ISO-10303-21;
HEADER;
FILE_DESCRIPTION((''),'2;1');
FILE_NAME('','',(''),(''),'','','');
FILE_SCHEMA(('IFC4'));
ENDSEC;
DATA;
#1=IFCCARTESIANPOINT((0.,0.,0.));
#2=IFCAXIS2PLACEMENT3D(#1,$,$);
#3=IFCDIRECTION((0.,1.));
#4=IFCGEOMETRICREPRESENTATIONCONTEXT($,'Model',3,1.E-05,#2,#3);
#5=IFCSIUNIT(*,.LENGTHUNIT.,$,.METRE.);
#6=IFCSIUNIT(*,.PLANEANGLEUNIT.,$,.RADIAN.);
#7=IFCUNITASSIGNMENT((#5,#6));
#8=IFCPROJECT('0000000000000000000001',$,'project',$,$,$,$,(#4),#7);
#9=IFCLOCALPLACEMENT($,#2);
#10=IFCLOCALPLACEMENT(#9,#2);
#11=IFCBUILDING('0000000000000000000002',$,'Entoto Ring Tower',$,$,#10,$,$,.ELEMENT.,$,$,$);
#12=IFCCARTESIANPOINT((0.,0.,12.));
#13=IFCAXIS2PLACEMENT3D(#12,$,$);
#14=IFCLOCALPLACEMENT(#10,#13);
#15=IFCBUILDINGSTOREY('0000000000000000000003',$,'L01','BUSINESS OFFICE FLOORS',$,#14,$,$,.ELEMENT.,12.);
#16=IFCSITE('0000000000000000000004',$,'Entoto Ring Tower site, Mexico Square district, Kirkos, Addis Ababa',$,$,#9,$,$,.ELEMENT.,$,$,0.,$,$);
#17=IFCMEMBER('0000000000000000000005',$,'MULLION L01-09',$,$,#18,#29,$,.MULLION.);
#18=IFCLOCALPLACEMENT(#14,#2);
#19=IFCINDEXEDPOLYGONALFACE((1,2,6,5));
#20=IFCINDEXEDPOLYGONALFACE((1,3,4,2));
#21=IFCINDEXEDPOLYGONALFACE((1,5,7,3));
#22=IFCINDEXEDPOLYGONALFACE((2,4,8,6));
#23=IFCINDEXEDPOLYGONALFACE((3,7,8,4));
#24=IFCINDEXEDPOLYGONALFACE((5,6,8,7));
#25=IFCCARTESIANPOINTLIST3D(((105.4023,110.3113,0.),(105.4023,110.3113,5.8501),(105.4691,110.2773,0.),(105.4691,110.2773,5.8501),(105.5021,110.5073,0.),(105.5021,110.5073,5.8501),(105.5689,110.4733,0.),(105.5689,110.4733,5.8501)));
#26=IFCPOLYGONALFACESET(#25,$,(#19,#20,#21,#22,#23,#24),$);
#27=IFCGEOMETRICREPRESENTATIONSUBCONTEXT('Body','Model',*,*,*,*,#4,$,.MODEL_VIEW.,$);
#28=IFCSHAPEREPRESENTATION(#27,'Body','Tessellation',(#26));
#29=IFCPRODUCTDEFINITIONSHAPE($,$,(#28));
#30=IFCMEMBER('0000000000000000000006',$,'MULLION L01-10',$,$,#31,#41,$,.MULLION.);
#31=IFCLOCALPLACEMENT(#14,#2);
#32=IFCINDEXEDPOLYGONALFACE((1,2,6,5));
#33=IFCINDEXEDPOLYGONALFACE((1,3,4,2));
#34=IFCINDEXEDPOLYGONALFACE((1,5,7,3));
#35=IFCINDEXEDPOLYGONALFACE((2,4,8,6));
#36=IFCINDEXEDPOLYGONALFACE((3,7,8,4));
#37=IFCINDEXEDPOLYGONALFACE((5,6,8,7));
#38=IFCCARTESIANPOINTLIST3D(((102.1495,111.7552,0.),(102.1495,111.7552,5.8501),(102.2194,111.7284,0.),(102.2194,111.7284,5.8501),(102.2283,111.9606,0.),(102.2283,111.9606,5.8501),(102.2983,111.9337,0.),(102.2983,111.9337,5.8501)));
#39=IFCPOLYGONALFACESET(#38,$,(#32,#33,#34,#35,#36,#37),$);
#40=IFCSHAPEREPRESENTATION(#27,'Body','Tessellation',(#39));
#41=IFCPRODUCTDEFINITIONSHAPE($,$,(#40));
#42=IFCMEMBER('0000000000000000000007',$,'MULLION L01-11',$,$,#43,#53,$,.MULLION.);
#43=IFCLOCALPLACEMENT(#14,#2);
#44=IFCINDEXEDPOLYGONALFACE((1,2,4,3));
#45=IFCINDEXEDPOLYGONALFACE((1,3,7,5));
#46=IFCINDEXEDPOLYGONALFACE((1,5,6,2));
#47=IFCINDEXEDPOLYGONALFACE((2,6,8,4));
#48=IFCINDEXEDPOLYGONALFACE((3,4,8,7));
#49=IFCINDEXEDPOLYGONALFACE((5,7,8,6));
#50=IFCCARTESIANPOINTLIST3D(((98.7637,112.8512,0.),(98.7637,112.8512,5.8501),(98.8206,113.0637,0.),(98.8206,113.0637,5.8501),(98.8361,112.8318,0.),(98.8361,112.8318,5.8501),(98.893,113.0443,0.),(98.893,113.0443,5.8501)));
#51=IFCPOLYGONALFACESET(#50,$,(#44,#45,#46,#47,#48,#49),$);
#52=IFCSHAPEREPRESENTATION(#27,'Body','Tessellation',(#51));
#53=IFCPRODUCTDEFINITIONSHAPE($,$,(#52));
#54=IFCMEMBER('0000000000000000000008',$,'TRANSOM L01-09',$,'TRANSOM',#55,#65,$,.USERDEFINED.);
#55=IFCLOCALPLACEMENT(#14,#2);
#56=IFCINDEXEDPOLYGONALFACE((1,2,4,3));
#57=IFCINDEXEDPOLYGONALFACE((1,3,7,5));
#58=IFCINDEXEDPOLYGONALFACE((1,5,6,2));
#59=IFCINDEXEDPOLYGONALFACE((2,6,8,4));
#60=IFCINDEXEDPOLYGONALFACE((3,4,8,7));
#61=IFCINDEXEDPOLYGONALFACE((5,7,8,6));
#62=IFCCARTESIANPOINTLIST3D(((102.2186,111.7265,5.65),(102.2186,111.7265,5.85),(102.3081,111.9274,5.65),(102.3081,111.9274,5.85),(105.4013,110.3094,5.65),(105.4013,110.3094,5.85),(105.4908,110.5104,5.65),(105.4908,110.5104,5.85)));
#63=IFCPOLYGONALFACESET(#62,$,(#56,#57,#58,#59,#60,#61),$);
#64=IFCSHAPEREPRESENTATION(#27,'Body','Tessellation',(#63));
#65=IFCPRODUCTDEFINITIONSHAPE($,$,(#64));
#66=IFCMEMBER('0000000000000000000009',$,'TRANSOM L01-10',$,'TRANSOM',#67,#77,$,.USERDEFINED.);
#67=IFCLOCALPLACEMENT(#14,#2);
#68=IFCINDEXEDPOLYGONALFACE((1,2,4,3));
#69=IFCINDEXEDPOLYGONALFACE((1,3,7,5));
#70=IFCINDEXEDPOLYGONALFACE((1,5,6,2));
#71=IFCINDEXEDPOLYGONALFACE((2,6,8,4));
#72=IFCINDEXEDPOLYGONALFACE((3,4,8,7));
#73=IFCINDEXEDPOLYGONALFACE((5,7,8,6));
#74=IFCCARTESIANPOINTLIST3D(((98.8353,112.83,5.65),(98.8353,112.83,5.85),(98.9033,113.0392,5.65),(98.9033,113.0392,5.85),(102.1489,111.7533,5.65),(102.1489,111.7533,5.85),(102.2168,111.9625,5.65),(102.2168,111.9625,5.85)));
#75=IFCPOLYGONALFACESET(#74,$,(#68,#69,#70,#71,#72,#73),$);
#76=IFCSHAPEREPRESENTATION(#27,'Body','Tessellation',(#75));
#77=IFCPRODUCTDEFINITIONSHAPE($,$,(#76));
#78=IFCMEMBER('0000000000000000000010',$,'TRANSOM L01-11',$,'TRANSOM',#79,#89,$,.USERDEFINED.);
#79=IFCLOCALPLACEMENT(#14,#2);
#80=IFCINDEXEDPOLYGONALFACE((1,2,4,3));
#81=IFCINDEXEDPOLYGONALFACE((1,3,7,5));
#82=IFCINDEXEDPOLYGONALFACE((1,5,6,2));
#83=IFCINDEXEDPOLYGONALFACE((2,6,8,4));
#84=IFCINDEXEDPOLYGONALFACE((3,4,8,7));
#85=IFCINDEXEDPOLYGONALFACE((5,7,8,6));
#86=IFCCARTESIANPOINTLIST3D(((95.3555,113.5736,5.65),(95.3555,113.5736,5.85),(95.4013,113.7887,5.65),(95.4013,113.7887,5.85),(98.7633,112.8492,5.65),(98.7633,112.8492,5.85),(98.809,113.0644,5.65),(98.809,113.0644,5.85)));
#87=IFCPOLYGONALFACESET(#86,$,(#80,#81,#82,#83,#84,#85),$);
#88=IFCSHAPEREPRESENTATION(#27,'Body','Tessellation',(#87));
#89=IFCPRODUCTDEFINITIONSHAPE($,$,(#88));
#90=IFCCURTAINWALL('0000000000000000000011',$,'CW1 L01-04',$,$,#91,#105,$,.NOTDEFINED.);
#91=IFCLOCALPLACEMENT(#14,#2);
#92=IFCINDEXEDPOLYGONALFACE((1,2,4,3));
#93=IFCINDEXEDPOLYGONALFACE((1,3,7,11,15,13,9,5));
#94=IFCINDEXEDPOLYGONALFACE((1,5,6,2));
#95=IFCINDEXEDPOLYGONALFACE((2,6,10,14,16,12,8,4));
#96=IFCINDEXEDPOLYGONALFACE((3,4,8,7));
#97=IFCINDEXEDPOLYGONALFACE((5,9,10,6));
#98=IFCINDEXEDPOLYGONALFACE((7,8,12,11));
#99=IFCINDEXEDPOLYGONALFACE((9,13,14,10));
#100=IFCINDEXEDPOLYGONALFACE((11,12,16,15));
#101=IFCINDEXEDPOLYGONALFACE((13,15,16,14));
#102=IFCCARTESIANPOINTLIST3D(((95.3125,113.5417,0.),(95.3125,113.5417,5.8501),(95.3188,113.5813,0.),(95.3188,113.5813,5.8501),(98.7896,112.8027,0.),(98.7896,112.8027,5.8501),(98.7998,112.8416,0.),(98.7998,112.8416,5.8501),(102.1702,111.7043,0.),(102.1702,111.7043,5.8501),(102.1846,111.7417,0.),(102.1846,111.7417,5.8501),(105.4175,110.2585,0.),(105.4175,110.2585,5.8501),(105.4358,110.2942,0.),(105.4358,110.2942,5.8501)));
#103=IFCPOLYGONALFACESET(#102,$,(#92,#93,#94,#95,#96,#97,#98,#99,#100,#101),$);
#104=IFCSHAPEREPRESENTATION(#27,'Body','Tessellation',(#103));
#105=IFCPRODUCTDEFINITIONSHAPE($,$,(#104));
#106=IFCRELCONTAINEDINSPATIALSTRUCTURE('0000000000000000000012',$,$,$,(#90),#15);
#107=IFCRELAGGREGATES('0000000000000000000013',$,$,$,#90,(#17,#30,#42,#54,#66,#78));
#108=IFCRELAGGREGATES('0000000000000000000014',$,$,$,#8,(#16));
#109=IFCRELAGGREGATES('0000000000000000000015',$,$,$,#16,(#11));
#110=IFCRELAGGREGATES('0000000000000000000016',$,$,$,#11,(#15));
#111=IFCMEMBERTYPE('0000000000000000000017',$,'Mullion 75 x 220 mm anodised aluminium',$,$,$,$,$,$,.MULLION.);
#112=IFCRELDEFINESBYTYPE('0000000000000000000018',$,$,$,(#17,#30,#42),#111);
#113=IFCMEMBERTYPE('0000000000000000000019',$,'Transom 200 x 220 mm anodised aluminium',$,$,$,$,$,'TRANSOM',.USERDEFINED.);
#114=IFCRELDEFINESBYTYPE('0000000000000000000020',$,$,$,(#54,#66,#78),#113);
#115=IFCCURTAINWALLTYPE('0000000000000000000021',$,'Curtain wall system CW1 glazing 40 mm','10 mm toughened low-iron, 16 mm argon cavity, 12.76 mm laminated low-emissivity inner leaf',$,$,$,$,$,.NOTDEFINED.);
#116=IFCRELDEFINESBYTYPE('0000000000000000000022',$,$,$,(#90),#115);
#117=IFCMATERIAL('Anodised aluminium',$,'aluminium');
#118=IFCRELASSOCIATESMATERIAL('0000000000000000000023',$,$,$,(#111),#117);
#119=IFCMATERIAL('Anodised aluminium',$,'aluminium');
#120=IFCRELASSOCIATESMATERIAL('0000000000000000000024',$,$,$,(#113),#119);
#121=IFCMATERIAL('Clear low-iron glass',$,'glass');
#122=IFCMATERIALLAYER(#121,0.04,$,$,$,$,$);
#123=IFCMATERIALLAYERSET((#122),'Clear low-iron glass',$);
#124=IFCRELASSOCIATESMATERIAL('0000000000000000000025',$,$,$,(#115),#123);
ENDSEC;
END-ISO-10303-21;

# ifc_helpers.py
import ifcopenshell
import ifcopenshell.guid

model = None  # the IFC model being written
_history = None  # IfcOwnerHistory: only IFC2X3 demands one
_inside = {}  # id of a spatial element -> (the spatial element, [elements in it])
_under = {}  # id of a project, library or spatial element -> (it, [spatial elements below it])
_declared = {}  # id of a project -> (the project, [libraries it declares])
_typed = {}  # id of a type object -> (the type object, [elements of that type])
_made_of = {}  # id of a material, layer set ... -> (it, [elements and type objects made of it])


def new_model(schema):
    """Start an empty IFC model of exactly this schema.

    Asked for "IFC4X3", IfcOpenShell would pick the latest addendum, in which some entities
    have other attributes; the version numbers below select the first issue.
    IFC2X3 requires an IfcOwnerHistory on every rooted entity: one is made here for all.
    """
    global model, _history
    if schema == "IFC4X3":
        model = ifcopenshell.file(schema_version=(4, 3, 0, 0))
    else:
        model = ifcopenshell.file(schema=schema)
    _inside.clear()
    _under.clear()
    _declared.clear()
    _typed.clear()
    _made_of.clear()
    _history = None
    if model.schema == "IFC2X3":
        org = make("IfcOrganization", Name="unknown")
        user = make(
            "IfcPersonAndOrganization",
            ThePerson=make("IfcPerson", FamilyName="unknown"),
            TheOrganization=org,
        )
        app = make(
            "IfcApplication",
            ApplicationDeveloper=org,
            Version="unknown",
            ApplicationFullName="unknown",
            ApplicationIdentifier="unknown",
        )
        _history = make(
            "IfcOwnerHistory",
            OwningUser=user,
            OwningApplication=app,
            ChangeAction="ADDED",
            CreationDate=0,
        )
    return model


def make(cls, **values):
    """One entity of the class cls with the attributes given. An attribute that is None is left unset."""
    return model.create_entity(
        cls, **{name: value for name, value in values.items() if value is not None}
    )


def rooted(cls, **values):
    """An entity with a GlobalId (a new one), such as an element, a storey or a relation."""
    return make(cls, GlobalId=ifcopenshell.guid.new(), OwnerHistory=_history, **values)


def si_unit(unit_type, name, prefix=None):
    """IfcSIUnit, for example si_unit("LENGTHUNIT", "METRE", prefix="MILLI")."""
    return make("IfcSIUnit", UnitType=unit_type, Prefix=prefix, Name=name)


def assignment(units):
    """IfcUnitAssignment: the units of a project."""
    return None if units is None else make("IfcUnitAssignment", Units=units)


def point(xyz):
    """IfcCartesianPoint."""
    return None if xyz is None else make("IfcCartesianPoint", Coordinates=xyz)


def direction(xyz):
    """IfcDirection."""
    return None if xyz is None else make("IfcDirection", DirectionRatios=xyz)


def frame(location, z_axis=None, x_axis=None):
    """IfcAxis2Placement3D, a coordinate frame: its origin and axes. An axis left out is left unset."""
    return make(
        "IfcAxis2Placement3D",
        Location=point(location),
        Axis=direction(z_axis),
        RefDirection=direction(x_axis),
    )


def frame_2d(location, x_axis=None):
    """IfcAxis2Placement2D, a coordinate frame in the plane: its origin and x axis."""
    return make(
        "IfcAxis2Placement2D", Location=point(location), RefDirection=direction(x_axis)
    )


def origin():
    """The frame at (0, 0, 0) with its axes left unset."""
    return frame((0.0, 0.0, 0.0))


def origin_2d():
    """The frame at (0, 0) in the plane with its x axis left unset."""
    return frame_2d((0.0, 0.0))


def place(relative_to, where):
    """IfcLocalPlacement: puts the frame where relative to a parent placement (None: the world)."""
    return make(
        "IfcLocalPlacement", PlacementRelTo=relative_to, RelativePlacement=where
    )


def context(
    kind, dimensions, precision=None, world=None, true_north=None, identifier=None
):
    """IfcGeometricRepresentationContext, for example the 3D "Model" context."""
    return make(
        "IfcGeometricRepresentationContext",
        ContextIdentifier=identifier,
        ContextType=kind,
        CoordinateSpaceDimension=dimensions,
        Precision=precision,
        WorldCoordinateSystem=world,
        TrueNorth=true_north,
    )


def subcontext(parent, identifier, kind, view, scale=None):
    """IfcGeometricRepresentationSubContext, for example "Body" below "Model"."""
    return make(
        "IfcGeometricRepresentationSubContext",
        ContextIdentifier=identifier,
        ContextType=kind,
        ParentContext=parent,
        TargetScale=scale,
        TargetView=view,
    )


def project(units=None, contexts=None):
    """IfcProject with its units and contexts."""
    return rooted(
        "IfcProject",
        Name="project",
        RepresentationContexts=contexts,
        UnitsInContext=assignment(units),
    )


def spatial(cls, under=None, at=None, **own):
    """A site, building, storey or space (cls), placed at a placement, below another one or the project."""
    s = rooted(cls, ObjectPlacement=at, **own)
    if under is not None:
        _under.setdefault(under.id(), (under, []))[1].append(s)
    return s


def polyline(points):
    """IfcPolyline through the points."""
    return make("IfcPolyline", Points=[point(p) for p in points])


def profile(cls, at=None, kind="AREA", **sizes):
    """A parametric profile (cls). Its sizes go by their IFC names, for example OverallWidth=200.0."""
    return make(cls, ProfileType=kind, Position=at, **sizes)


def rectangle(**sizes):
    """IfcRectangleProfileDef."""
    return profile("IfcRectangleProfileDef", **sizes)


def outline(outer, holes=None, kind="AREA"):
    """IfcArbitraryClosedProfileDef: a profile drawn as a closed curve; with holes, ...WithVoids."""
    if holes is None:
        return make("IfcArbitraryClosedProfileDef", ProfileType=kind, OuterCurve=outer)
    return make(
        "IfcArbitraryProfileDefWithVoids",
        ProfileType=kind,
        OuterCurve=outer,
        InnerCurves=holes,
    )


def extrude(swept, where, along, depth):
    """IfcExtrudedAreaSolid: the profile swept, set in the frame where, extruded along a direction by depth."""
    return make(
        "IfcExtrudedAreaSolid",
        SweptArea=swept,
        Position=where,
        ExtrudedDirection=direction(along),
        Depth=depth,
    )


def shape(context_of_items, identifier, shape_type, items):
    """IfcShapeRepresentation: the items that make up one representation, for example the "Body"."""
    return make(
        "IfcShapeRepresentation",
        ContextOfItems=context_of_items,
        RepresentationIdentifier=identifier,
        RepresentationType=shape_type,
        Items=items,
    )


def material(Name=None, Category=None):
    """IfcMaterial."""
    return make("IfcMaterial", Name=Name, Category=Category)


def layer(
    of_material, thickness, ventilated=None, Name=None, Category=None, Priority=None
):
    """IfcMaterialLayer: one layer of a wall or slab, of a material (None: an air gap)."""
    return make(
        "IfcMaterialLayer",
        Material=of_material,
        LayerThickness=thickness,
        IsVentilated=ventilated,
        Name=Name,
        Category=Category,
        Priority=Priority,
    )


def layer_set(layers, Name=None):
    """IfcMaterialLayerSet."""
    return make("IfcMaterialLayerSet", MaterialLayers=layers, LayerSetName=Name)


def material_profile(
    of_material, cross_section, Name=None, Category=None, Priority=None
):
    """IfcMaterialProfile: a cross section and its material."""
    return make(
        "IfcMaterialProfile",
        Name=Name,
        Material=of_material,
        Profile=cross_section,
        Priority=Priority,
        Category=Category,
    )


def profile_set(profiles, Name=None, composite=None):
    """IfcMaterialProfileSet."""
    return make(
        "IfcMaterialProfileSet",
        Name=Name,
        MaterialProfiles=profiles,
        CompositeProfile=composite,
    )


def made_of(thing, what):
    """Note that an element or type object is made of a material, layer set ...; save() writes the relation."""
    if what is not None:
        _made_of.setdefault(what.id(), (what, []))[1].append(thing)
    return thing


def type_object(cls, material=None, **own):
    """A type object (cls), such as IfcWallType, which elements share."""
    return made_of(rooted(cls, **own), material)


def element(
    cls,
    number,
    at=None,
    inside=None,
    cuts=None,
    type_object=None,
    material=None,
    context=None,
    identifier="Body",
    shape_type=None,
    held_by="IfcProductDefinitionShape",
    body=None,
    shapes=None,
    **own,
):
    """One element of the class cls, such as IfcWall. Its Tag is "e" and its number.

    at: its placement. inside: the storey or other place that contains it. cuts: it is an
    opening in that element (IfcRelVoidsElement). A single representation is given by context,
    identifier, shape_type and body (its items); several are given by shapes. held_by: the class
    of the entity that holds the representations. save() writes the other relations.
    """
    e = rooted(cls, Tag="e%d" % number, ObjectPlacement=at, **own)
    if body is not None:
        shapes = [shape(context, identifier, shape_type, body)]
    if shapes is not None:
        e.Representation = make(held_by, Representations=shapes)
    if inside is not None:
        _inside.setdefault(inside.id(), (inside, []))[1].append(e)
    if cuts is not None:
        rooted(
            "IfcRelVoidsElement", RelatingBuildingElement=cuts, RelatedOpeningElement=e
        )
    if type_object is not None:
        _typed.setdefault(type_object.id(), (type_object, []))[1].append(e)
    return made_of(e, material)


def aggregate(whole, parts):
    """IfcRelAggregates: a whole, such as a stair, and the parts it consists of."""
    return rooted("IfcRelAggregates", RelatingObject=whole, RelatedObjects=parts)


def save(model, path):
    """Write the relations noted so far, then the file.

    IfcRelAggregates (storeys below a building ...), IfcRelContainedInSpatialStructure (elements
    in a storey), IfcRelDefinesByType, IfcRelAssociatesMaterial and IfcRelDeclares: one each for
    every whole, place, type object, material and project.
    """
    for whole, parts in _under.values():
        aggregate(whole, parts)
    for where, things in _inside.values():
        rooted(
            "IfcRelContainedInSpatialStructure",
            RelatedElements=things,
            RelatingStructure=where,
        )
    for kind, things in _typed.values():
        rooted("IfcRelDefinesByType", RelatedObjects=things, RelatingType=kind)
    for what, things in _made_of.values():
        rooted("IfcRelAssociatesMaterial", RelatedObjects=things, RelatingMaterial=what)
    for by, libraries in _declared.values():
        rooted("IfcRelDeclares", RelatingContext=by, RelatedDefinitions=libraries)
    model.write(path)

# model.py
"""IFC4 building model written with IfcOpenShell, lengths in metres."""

from ifc_helpers import new_model, si_unit, direction, frame, origin, origin_2d, place, context, subcontext, project, spatial, polyline, rectangle, outline, extrude, material, layer, layer_set, material_profile, profile_set, type_object, element, aggregate, save


model = new_model("IFC4")

# Units and contexts
model_context = context("Model", 3, precision=1e-05, world=origin(), true_north=direction((0.0, 1.0)))
body_context = subcontext(model_context, "Body", "Model", "MODEL_VIEW")
ifc_project = project(units=[si_unit("LENGTHUNIT", "METRE"), si_unit("PLANEANGLEUNIT", "RADIAN")], contexts=[model_context])

# Members
ifc_material_1 = material(Name="Anodised aluminium", Category="aluminium")
ifc_material_profile_1 = material_profile(ifc_material_1, rectangle(XDim=0.075, YDim=0.22, at=origin_2d()), Name="Mullion 75 x 220 mm anodised aluminium")
ifc_profile_set_1 = profile_set([ifc_material_profile_1], Name="Anodised aluminium")
member_type_1 = type_object("IfcMemberType", Name="Mullion 75 x 220 mm anodised aluminium", PredefinedType="MULLION", material=ifc_profile_set_1)
site_placement = place(None, origin())
building_placement = place(site_placement, origin())
storey_placement = place(building_placement, frame((0.0, 0.0, 12.0)))
member_1_placement = place(storey_placement, frame((105.4856, 110.3923, 0.0), z_axis=(0.0, 0.0, 1.0), x_axis=(-0.891007, 0.45399, 0.0)))
member_1 = element("IfcMember", 1, at=member_1_placement, type_object=member_type_1, Name="MULLION L01-09", PredefinedType="MULLION", context=body_context, shape_type="SweptSolid", body=[
    extrude(rectangle(XDim=0.075, YDim=0.22, at=origin_2d()), origin(), (0.0, 0.0, 1.0), 5.8501),
])
member_2_placement = place(storey_placement, frame((102.2239, 111.8445, 0.0), z_axis=(0.0, 0.0, 1.0), x_axis=(-0.93358, 0.358368, 0.0)))
member_2 = element("IfcMember", 2, at=member_2_placement, type_object=member_type_1, Name="MULLION L01-10", PredefinedType="MULLION", context=body_context, shape_type="SweptSolid", body=[
    extrude(rectangle(XDim=0.075, YDim=0.22, at=origin_2d()), origin(), (0.0, 0.0, 1.0), 5.8501),
])
member_3_placement = place(storey_placement, frame((98.8284, 112.9478, 0.0), z_axis=(0.0, 0.0, 1.0), x_axis=(-0.965926, 0.258819, 0.0)))
member_3 = element("IfcMember", 3, at=member_3_placement, type_object=member_type_1, Name="MULLION L01-11", PredefinedType="MULLION", context=body_context, shape_type="SweptSolid", body=[
    extrude(rectangle(XDim=0.075, YDim=0.22, at=origin_2d()), origin(), (0.0, 0.0, 1.0), 5.8501),
])
ifc_material_2 = material(Name="Anodised aluminium", Category="aluminium")
ifc_material_profile_2 = material_profile(ifc_material_2, rectangle(XDim=0.22, YDim=0.2, at=origin_2d()), Name="Transom 200 x 220 mm anodised aluminium")
ifc_profile_set_2 = profile_set([ifc_material_profile_2], Name="Anodised aluminium")
member_type_2 = type_object("IfcMemberType", Name="Transom 200 x 220 mm anodised aluminium", ElementType="TRANSOM", PredefinedType="USERDEFINED", material=ifc_profile_set_2)
member_4_placement = place(storey_placement, frame((105.446, 110.4099, 5.75), z_axis=(-0.913545, 0.406737, 0.0), x_axis=(-0.406737, -0.913545, 0.0)))
member_4 = element("IfcMember", 4, at=member_4_placement, type_object=member_type_2, Name="TRANSOM L01-09", ObjectType="TRANSOM", PredefinedType="USERDEFINED", context=body_context, shape_type="SweptSolid", body=[
    extrude(rectangle(XDim=0.22, YDim=0.2, at=origin_2d()), origin(), (0.0, 0.0, 1.0), 3.4839),
])
member_5_placement = place(storey_placement, frame((102.1829, 111.8579, 5.75), z_axis=(-0.951053, 0.309029, 0.0), x_axis=(-0.309029, -0.951053, 0.0)))
member_5 = element("IfcMember", 5, at=member_5_placement, type_object=member_type_2, Name="TRANSOM L01-10", ObjectType="TRANSOM", PredefinedType="USERDEFINED", context=body_context, shape_type="SweptSolid", body=[
    extrude(rectangle(XDim=0.22, YDim=0.2, at=origin_2d()), origin(), (0.0, 0.0, 1.0), 3.4841),
])
member_6_placement = place(storey_placement, frame((98.7861, 112.9568, 5.75), z_axis=(-0.978146, 0.207921, 0.0), x_axis=(-0.207921, -0.978146, 0.0)))
member_6 = element("IfcMember", 6, at=member_6_placement, type_object=member_type_2, Name="TRANSOM L01-11", ObjectType="TRANSOM", PredefinedType="USERDEFINED", context=body_context, shape_type="SweptSolid", body=[
    extrude(rectangle(XDim=0.22, YDim=0.2, at=origin_2d()), origin(), (0.0, 0.0, 1.0), 3.4839),
])

# Site, building, storey
site = spatial("IfcSite", under=ifc_project, at=site_placement, Name="Entoto Ring Tower site, Mexico Square district, Kirkos, Addis Ababa", CompositionType="ELEMENT", RefElevation=0.0)
building = spatial("IfcBuilding", under=site, at=building_placement, Name="Entoto Ring Tower", CompositionType="ELEMENT")
storey = spatial("IfcBuildingStorey", under=building, at=storey_placement, Name="L01", Description="BUSINESS OFFICE FLOORS", CompositionType="ELEMENT", Elevation=12.0)

# Curtain wall
ifc_material_3 = material(Name="Clear low-iron glass", Category="glass")
ifc_layer = layer(ifc_material_3, 0.04)
ifc_layer_set = layer_set([ifc_layer], Name="Clear low-iron glass")
curtain_wall_type = type_object("IfcCurtainWallType", Name="Curtain wall system CW1 glazing 40 mm", Description="10 mm toughened low-iron, 16 mm argon cavity, 12.76 mm laminated low-emissivity inner leaf", PredefinedType="NOTDEFINED", material=ifc_layer_set)
curtain_wall_1_placement = place(storey_placement, origin())
curtain_wall_1 = element("IfcCurtainWall", 7, at=curtain_wall_1_placement, inside=storey, type_object=curtain_wall_type, Name="CW1 L01-04", PredefinedType="NOTDEFINED", context=body_context, shape_type="SweptSolid", body=[
    extrude(outline(polyline([(105.4358, 110.2942), (102.1846, 111.7417), (98.7998, 112.8416), (95.3188, 113.5813), (95.3125, 113.5417), (98.7896, 112.8027), (102.1702, 111.7043), (105.4175, 110.2585), (105.4358, 110.2942)])), origin(), (0.0, 0.0, 1.0), 5.8501),
])
aggregate(curtain_wall_1, [member_1, member_2, member_3, member_4, member_5, member_6])

save(model, "model.ifc")
